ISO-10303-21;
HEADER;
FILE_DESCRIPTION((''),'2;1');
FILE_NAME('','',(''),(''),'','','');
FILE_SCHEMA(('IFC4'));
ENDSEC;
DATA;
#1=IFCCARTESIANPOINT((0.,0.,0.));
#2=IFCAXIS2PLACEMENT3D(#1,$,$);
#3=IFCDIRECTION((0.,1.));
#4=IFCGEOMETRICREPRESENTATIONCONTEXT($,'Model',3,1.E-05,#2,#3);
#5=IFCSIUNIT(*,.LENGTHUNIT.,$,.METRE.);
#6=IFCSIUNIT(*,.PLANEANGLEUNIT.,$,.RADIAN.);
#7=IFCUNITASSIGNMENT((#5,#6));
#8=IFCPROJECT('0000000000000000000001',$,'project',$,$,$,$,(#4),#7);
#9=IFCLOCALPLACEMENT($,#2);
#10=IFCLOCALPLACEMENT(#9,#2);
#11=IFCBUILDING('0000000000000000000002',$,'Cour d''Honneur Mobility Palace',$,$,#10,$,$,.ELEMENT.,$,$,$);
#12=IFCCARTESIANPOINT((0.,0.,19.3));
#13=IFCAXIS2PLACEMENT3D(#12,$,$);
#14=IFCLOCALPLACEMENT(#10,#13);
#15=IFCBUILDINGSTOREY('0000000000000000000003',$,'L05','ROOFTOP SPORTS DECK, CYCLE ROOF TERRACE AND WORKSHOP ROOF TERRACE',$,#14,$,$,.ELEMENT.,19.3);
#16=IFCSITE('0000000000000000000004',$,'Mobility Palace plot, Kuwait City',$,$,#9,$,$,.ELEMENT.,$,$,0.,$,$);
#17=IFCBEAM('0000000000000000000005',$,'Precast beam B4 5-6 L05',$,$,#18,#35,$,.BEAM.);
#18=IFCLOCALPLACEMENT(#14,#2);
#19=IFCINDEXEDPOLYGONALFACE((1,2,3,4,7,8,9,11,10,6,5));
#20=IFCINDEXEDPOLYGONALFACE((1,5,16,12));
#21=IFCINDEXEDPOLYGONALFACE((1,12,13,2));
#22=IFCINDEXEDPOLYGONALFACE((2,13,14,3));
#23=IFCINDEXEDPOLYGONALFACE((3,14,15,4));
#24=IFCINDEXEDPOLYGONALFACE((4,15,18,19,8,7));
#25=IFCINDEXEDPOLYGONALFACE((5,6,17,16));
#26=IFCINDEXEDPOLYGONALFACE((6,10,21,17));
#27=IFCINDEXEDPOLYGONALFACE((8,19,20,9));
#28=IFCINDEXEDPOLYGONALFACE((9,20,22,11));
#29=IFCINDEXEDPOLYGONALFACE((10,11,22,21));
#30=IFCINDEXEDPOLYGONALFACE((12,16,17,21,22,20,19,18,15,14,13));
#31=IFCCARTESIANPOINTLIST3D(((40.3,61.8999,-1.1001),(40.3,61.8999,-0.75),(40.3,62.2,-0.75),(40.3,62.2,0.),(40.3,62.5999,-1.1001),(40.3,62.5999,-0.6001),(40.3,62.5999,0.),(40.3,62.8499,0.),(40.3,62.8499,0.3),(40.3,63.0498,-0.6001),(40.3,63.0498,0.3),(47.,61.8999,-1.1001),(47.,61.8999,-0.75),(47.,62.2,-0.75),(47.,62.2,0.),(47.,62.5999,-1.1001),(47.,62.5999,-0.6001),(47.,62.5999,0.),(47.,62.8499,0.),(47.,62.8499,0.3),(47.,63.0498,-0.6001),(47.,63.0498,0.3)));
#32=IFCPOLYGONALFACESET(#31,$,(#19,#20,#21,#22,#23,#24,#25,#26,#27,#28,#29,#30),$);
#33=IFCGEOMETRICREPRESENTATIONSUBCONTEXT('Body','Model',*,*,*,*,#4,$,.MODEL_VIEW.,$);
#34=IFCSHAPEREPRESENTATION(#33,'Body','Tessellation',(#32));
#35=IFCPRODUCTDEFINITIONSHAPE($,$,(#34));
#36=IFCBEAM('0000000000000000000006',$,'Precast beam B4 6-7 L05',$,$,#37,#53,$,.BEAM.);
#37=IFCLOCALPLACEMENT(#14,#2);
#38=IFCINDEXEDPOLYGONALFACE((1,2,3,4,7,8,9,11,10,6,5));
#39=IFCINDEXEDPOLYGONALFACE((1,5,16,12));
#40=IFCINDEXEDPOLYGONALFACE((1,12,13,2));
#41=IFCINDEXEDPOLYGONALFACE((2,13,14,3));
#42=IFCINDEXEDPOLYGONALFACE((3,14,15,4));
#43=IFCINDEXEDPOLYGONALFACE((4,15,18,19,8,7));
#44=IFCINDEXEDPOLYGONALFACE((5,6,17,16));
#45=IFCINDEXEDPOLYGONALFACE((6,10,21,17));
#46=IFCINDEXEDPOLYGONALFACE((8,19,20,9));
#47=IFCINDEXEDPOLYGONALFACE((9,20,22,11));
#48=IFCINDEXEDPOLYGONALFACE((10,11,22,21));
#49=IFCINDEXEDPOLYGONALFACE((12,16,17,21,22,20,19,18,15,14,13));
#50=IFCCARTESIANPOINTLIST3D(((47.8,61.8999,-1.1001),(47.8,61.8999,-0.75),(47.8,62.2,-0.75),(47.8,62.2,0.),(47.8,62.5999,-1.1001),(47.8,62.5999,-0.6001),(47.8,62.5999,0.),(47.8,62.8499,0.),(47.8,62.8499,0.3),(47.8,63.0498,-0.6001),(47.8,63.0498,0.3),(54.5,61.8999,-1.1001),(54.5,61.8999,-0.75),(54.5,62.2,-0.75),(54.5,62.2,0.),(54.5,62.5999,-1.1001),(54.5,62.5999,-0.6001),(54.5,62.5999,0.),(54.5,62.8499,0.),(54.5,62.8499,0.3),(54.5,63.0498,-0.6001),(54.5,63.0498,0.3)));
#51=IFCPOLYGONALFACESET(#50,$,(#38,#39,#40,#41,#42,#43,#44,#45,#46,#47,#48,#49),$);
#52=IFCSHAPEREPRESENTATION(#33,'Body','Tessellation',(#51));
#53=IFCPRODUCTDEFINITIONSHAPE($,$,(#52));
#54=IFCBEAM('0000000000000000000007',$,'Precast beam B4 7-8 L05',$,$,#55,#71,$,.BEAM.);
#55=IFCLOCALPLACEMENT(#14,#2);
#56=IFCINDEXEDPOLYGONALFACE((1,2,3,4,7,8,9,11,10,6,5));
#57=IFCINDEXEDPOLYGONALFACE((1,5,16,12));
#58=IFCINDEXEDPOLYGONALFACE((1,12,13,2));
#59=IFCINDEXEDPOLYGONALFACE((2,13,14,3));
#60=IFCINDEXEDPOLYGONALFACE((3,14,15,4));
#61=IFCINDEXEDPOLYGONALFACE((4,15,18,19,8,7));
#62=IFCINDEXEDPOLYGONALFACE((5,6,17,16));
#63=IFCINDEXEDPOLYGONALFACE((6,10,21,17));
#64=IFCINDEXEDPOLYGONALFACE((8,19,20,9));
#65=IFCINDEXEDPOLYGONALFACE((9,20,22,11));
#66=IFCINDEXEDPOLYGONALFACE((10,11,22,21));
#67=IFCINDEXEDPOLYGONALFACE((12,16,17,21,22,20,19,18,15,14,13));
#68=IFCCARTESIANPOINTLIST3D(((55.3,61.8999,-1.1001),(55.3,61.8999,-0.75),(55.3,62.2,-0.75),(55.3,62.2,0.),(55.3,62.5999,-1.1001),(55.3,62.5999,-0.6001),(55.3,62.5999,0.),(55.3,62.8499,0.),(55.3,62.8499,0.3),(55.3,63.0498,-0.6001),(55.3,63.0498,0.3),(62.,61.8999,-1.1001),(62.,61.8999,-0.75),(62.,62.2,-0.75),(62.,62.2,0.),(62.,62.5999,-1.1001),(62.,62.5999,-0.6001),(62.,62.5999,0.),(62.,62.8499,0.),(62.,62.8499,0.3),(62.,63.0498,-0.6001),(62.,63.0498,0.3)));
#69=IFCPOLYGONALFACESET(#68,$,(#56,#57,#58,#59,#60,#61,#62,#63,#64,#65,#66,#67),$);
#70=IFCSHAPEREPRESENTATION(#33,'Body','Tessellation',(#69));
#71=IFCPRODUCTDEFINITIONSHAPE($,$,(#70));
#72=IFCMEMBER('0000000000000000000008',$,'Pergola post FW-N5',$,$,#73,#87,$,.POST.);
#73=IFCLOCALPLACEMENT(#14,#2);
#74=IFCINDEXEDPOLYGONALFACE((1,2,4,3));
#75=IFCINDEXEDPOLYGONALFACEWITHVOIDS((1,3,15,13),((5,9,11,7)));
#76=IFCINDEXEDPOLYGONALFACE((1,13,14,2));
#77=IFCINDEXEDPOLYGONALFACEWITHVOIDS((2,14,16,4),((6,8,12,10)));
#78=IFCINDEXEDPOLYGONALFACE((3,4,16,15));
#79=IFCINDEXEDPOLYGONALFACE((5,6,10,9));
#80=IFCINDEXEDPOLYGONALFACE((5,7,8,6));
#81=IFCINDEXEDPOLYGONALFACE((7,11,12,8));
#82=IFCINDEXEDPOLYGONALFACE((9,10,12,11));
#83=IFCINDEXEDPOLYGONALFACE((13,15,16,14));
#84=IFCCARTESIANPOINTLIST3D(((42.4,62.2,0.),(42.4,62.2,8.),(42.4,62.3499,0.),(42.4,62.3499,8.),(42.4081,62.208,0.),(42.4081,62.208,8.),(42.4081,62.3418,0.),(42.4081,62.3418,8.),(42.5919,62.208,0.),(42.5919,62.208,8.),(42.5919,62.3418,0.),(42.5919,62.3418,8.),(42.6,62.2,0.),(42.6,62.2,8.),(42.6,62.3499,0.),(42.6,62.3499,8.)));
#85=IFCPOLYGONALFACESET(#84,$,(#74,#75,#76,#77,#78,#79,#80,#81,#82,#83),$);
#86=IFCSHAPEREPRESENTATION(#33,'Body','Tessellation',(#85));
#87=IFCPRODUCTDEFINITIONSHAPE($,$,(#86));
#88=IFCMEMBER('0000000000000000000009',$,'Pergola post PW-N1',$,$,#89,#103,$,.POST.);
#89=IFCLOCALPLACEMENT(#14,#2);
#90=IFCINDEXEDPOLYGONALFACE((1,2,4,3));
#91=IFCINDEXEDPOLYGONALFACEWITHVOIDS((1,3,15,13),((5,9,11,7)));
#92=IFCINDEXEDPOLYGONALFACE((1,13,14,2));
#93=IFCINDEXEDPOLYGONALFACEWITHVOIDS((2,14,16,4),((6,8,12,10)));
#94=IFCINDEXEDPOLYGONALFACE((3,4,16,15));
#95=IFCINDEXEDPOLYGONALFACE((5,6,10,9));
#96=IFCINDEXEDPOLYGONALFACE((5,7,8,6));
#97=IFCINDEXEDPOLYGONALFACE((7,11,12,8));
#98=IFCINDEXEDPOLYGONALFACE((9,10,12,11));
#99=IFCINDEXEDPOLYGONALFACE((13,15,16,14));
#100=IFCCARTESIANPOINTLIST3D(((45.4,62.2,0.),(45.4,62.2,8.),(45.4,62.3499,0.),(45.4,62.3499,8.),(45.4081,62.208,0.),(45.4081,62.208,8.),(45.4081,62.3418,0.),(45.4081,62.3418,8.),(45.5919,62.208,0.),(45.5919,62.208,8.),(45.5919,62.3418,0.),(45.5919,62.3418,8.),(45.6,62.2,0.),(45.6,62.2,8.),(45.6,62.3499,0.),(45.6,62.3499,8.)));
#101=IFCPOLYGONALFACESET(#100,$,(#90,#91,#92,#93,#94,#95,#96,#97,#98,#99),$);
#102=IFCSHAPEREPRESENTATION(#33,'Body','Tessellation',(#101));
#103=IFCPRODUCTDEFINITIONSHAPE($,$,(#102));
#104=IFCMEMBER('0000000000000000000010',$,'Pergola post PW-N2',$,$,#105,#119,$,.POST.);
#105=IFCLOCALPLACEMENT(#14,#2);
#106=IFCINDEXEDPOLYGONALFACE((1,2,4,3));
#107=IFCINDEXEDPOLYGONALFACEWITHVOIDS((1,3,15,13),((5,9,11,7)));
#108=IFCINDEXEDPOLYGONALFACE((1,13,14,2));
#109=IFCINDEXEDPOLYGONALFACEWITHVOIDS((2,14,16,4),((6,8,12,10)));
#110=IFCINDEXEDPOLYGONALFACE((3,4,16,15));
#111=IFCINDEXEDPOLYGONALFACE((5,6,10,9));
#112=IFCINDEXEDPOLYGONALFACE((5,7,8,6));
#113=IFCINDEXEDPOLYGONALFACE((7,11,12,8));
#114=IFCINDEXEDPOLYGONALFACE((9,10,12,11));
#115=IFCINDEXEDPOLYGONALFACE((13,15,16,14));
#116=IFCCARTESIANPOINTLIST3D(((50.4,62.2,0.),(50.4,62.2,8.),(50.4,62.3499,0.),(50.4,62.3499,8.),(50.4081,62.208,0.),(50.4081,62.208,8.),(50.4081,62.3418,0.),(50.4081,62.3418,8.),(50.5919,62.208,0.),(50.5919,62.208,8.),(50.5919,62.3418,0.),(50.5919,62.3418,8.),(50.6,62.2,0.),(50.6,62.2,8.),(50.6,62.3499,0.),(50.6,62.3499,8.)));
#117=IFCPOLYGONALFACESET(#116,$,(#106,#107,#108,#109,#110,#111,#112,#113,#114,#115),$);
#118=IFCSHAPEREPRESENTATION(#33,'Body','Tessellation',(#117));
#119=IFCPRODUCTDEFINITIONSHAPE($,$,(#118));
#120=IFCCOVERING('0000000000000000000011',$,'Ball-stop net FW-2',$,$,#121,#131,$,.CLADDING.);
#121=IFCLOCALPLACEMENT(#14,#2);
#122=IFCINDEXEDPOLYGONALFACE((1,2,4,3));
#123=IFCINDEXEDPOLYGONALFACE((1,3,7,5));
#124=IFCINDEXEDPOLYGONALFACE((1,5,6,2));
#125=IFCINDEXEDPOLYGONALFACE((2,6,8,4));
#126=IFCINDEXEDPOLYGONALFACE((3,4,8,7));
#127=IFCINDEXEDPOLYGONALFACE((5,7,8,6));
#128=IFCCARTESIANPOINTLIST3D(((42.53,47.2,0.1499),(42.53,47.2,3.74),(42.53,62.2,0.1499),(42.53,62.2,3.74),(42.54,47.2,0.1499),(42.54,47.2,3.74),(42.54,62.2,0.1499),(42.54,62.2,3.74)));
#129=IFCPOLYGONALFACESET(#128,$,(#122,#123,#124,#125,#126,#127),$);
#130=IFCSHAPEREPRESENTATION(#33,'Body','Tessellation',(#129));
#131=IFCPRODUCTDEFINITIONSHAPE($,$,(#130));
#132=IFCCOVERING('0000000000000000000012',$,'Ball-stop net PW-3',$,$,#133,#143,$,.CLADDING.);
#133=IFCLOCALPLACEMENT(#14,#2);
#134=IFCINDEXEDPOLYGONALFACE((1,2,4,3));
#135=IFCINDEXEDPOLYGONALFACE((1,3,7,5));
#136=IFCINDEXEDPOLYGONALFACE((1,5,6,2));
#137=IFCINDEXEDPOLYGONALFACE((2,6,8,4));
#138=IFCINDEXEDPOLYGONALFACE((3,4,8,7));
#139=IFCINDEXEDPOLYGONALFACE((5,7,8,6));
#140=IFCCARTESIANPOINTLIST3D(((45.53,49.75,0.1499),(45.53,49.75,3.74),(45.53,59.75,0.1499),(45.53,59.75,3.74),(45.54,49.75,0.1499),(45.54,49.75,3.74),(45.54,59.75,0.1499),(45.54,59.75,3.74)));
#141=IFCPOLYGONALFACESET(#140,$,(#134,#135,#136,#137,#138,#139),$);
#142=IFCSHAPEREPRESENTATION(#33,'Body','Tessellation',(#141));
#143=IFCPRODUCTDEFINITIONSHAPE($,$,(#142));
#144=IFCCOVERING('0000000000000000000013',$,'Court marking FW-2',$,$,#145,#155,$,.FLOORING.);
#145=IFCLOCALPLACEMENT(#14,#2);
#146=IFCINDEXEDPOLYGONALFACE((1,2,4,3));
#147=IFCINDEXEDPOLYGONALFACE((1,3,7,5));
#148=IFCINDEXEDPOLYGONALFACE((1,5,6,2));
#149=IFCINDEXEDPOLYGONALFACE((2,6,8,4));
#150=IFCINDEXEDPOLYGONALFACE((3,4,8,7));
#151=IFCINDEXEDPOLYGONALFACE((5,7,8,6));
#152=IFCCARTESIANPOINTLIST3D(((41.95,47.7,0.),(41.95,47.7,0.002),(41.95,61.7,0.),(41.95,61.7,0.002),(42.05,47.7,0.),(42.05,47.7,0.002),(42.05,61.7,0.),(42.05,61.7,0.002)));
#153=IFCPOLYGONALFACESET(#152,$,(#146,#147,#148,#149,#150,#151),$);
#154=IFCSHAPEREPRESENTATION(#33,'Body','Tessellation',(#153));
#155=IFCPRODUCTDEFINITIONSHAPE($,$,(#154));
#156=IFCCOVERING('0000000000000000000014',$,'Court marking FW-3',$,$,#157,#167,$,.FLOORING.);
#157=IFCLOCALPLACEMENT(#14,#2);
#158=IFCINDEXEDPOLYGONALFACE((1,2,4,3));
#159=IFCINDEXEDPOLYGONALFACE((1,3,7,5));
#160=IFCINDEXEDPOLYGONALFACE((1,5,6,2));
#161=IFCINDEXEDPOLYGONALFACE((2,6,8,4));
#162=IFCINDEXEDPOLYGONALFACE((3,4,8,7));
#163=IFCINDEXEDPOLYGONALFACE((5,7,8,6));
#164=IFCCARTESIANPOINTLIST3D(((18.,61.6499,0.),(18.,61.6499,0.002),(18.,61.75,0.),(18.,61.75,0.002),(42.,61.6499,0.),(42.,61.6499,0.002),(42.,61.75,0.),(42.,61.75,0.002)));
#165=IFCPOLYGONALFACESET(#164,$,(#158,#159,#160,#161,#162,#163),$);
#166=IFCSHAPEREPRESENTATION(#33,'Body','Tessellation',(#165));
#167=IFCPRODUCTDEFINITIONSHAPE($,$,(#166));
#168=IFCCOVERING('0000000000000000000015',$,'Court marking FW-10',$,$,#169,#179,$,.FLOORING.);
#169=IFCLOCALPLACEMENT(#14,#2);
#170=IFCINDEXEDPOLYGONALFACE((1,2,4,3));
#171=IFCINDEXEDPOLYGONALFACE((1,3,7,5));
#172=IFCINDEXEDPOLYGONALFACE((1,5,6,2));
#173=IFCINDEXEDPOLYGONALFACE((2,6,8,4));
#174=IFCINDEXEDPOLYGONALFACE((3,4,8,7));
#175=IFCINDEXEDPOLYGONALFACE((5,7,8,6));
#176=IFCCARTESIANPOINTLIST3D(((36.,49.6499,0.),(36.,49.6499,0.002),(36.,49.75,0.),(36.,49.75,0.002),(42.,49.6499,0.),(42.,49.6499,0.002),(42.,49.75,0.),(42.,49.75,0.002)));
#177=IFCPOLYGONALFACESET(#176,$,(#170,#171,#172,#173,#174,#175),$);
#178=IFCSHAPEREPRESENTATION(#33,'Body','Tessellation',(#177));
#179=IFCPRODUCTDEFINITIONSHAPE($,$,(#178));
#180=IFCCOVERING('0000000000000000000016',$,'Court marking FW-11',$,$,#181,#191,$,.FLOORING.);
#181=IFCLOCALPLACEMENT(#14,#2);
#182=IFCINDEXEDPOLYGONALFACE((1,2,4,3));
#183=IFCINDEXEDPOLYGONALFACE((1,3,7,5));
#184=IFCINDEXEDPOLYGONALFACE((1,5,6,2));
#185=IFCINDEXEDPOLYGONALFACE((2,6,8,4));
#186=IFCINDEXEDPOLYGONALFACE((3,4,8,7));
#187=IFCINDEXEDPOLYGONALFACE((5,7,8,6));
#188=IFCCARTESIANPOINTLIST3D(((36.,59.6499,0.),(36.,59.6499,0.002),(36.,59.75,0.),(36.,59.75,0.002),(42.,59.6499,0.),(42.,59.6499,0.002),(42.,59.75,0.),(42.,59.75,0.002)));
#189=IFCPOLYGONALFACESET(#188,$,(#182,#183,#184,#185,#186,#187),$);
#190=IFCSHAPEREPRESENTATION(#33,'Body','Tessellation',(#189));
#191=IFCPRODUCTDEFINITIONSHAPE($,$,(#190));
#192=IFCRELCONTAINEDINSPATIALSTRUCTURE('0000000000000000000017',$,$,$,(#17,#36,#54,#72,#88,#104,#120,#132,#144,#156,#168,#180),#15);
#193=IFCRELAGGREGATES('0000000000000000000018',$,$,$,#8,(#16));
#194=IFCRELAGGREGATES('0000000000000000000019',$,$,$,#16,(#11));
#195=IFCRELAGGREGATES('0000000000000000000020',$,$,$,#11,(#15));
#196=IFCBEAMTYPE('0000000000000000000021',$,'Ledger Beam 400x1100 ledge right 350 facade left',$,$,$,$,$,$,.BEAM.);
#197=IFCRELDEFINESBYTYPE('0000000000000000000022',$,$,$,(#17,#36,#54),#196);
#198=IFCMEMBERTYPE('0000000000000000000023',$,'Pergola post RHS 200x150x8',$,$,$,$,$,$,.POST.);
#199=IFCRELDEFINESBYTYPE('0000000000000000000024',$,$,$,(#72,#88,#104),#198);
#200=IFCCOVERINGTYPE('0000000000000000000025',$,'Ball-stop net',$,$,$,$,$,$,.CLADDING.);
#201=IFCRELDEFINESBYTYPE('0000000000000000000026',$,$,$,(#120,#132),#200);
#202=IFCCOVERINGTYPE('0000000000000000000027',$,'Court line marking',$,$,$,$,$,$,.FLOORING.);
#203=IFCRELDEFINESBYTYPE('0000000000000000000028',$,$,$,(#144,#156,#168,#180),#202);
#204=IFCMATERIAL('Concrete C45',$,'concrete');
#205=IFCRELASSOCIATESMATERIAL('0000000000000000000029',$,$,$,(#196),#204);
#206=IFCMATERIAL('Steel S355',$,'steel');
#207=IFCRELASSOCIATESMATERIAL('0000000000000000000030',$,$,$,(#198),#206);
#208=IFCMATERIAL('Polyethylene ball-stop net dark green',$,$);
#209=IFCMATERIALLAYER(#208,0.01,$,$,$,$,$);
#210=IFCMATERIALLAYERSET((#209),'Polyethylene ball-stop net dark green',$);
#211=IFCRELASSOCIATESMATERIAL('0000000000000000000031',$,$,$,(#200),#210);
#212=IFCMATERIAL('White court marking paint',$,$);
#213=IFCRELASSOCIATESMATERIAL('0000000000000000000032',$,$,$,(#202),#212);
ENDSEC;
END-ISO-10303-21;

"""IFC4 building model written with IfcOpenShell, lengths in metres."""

from ifc_helpers import new_model, si_unit, direction, frame, origin, origin_2d, place, context, subcontext, project, spatial, polyline, rectangle, hollow_rectangle, outline, extrude, material, layer, layer_set, material_profile, profile_set, type_object, element, save


model = new_model("IFC4")

# Units and contexts
model_context = context("Model", 3, precision=1e-05, world=origin(), true_north=direction((0.0, 1.0)))
body_context = subcontext(model_context, "Body", "Model", "MODEL_VIEW")
ifc_project = project(units=[si_unit("LENGTHUNIT", "METRE"), si_unit("PLANEANGLEUNIT", "RADIAN")], contexts=[model_context])

# Site, building, storey
site_placement = place(None, origin())
site = spatial("IfcSite", under=ifc_project, at=site_placement, Name="Mobility Palace plot, Kuwait City", CompositionType="ELEMENT", RefElevation=0.0)
building_placement = place(site_placement, origin())
building = spatial("IfcBuilding", under=site, at=building_placement, Name="Cour d'Honneur Mobility Palace", CompositionType="ELEMENT")
storey_placement = place(building_placement, frame((0.0, 0.0, 19.3)))
storey = spatial("IfcBuildingStorey", under=building, at=storey_placement, Name="L05", Description="ROOFTOP SPORTS DECK, CYCLE ROOF TERRACE AND WORKSHOP ROOF TERRACE", CompositionType="ELEMENT", Elevation=19.3)

# Beams
ifc_material_1 = material(Name="Concrete C45", Category="concrete")
ifc_material_profile_1 = material_profile(ifc_material_1, outline(polyline([(0.2, -1.1001), (0.2, -0.6001), (0.6499, -0.6001), (0.6499, 0.3), (0.45, 0.3), (0.45, 0.0), (0.2, 0.0), (-0.2, 0.0), (-0.2, -0.75), (-0.5, -0.75), (-0.5, -1.1001), (0.2, -1.1001)])), Name="Ledger Beam 400x1100 ledge right 350 facade left")
ifc_profile_set_1 = profile_set([ifc_material_profile_1], Name="Concrete C45")
beam_type = type_object("IfcBeamType", Name="Ledger Beam 400x1100 ledge right 350 facade left", PredefinedType="BEAM", material=ifc_profile_set_1)
for number, where, z_axis, x_axis, name in (
    (1, (40.3, 62.3999, 0.0), (1.0, 0.0, 0.0), (0.0, 1.0, 0.0), "Precast beam B4 5-6 L05"),
    (2, (47.8, 62.3999, 0.0), (1.0, 0.0, 0.0), (0.0, 1.0, 0.0), "Precast beam B4 6-7 L05"),
    (3, (55.3, 62.3999, 0.0), (1.0, 0.0, 0.0), (0.0, 1.0, 0.0), "Precast beam B4 7-8 L05"),
):
    element("IfcBeam", number, at=place(storey_placement, frame(where, z_axis=z_axis, x_axis=x_axis)), inside=storey, type_object=beam_type, Name=name, PredefinedType="BEAM", context=body_context, shape_type="SweptSolid", body=[
        extrude(outline(polyline([(0.2, -1.1001), (0.2, -0.6001), (0.6499, -0.6001), (0.6499, 0.3), (0.45, 0.3), (0.45, 0.0), (0.2, 0.0), (-0.2, 0.0), (-0.2, -0.75), (-0.5, -0.75), (-0.5, -1.1001), (0.2, -1.1001)])), origin(), (0.0, 0.0, 1.0), 6.7),
    ])

# Members
ifc_material_2 = material(Name="Steel S355", Category="steel")
ifc_material_profile_2 = material_profile(ifc_material_2, hollow_rectangle(XDim=0.1499, YDim=0.2, WallThickness=0.0081, at=origin_2d()), Name="RHS 200x150x8")
ifc_profile_set_2 = profile_set([ifc_material_profile_2], Name="Steel S355")
member_type = type_object("IfcMemberType", Name="Pergola post RHS 200x150x8", PredefinedType="POST", material=ifc_profile_set_2)
for number, where, z_axis, x_axis, name in (
    (4, (42.5, 62.2749, 0.0), (0.0, 0.0, 1.0), (0.0, 1.0, 0.0), "Pergola post FW-N5"),
    (5, (45.5, 62.2749, 0.0), (0.0, 0.0, 1.0), (0.0, 1.0, 0.0), "Pergola post PW-N1"),
    (6, (50.5, 62.2749, 0.0), (0.0, 0.0, 1.0), (0.0, 1.0, 0.0), "Pergola post PW-N2"),
):
    element("IfcMember", number, at=place(storey_placement, frame(where, z_axis=z_axis, x_axis=x_axis)), inside=storey, type_object=member_type, Name=name, PredefinedType="POST", context=body_context, shape_type="SweptSolid", body=[
        extrude(hollow_rectangle(XDim=0.1499, YDim=0.2, WallThickness=0.0081, at=origin_2d()), origin(), (0.0, 0.0, 1.0), 8.0),
    ])

# Coverings
ifc_material_3 = material(Name="Polyethylene ball-stop net dark green")
ifc_layer_1 = layer(ifc_material_3, 0.01)
ifc_layer_set_1 = layer_set([ifc_layer_1], Name="Polyethylene ball-stop net dark green")
covering_type_1 = type_object("IfcCoveringType", Name="Ball-stop net", PredefinedType="CLADDING", material=ifc_layer_set_1)
covering_1_placement = place(storey_placement, frame((42.54, 47.2, 0.1499), z_axis=(1.0, 0.0, 0.0), x_axis=(0.0, 1.0, 0.0)))
element("IfcCovering", 7, at=covering_1_placement, inside=storey, type_object=covering_type_1, Name="Ball-stop net FW-2", PredefinedType="CLADDING", context=body_context, shape_type="SweptSolid", body=[
    extrude(outline(polyline([(0.0, 0.0), (15.0, 0.0), (15.0, 3.5901), (0.0, 3.5901), (0.0, 0.0)])), origin(), (0.0, 0.0, -1.0), 0.01),
])
covering_2_placement = place(storey_placement, frame((45.54, 49.75, 0.1499), z_axis=(1.0, 0.0, 0.0), x_axis=(0.0, 1.0, 0.0)))
element("IfcCovering", 8, at=covering_2_placement, inside=storey, type_object=covering_type_1, Name="Ball-stop net PW-3", PredefinedType="CLADDING", context=body_context, shape_type="SweptSolid", body=[
    extrude(outline(polyline([(0.0, 0.0), (10.0, 0.0), (10.0, 3.5901), (0.0, 3.5901), (0.0, 0.0)])), origin(), (0.0, 0.0, -1.0), 0.01),
])

# Coverings
ifc_material_4 = material(Name="White court marking paint")
ifc_material_profile_3 = material_profile(ifc_material_4, rectangle(XDim=0.1001, YDim=0.002, at=origin_2d()), Name="Court line marking")
ifc_profile_set_3 = profile_set([ifc_material_profile_3], Name="White court marking paint")
covering_type_2 = type_object("IfcCoveringType", Name="Court line marking", PredefinedType="FLOORING", material=ifc_profile_set_3)
covering_3_placement = place(storey_placement, frame((42.0, 47.7, 0.001), z_axis=(0.0, 1.0, 0.0), x_axis=(-1.0, 0.0, 0.0)))
element("IfcCovering", 9, at=covering_3_placement, inside=storey, type_object=covering_type_2, Name="Court marking FW-2", PredefinedType="FLOORING", context=body_context, shape_type="SweptSolid", body=[
    extrude(rectangle(XDim=0.1001, YDim=0.002, at=origin_2d()), origin(), (0.0, 0.0, 1.0), 14.0),
])
covering_4_placement = place(storey_placement, frame((42.0, 61.7, 0.001), z_axis=(-1.0, 0.0, 0.0), x_axis=(0.0, -1.0, 0.0)))
element("IfcCovering", 10, at=covering_4_placement, inside=storey, type_object=covering_type_2, Name="Court marking FW-3", PredefinedType="FLOORING", context=body_context, shape_type="SweptSolid", body=[
    extrude(rectangle(XDim=0.1001, YDim=0.002, at=origin_2d()), origin(), (0.0, 0.0, 1.0), 24.0),
])
for number, where, z_axis, x_axis, name in (
    (11, (42.0, 49.7, 0.001), (-1.0, 0.0, 0.0), (0.0, -1.0, 0.0), "Court marking FW-10"),
    (12, (42.0, 59.7, 0.001), (-1.0, 0.0, 0.0), (0.0, -1.0, 0.0), "Court marking FW-11"),
):
    element("IfcCovering", number, at=place(storey_placement, frame(where, z_axis=z_axis, x_axis=x_axis)), inside=storey, type_object=covering_type_2, Name=name, PredefinedType="FLOORING", context=body_context, shape_type="SweptSolid", body=[
        extrude(rectangle(XDim=0.1001, YDim=0.002, at=origin_2d()), origin(), (0.0, 0.0, 1.0), 6.0),
    ])

save(model, "model.ifc")
